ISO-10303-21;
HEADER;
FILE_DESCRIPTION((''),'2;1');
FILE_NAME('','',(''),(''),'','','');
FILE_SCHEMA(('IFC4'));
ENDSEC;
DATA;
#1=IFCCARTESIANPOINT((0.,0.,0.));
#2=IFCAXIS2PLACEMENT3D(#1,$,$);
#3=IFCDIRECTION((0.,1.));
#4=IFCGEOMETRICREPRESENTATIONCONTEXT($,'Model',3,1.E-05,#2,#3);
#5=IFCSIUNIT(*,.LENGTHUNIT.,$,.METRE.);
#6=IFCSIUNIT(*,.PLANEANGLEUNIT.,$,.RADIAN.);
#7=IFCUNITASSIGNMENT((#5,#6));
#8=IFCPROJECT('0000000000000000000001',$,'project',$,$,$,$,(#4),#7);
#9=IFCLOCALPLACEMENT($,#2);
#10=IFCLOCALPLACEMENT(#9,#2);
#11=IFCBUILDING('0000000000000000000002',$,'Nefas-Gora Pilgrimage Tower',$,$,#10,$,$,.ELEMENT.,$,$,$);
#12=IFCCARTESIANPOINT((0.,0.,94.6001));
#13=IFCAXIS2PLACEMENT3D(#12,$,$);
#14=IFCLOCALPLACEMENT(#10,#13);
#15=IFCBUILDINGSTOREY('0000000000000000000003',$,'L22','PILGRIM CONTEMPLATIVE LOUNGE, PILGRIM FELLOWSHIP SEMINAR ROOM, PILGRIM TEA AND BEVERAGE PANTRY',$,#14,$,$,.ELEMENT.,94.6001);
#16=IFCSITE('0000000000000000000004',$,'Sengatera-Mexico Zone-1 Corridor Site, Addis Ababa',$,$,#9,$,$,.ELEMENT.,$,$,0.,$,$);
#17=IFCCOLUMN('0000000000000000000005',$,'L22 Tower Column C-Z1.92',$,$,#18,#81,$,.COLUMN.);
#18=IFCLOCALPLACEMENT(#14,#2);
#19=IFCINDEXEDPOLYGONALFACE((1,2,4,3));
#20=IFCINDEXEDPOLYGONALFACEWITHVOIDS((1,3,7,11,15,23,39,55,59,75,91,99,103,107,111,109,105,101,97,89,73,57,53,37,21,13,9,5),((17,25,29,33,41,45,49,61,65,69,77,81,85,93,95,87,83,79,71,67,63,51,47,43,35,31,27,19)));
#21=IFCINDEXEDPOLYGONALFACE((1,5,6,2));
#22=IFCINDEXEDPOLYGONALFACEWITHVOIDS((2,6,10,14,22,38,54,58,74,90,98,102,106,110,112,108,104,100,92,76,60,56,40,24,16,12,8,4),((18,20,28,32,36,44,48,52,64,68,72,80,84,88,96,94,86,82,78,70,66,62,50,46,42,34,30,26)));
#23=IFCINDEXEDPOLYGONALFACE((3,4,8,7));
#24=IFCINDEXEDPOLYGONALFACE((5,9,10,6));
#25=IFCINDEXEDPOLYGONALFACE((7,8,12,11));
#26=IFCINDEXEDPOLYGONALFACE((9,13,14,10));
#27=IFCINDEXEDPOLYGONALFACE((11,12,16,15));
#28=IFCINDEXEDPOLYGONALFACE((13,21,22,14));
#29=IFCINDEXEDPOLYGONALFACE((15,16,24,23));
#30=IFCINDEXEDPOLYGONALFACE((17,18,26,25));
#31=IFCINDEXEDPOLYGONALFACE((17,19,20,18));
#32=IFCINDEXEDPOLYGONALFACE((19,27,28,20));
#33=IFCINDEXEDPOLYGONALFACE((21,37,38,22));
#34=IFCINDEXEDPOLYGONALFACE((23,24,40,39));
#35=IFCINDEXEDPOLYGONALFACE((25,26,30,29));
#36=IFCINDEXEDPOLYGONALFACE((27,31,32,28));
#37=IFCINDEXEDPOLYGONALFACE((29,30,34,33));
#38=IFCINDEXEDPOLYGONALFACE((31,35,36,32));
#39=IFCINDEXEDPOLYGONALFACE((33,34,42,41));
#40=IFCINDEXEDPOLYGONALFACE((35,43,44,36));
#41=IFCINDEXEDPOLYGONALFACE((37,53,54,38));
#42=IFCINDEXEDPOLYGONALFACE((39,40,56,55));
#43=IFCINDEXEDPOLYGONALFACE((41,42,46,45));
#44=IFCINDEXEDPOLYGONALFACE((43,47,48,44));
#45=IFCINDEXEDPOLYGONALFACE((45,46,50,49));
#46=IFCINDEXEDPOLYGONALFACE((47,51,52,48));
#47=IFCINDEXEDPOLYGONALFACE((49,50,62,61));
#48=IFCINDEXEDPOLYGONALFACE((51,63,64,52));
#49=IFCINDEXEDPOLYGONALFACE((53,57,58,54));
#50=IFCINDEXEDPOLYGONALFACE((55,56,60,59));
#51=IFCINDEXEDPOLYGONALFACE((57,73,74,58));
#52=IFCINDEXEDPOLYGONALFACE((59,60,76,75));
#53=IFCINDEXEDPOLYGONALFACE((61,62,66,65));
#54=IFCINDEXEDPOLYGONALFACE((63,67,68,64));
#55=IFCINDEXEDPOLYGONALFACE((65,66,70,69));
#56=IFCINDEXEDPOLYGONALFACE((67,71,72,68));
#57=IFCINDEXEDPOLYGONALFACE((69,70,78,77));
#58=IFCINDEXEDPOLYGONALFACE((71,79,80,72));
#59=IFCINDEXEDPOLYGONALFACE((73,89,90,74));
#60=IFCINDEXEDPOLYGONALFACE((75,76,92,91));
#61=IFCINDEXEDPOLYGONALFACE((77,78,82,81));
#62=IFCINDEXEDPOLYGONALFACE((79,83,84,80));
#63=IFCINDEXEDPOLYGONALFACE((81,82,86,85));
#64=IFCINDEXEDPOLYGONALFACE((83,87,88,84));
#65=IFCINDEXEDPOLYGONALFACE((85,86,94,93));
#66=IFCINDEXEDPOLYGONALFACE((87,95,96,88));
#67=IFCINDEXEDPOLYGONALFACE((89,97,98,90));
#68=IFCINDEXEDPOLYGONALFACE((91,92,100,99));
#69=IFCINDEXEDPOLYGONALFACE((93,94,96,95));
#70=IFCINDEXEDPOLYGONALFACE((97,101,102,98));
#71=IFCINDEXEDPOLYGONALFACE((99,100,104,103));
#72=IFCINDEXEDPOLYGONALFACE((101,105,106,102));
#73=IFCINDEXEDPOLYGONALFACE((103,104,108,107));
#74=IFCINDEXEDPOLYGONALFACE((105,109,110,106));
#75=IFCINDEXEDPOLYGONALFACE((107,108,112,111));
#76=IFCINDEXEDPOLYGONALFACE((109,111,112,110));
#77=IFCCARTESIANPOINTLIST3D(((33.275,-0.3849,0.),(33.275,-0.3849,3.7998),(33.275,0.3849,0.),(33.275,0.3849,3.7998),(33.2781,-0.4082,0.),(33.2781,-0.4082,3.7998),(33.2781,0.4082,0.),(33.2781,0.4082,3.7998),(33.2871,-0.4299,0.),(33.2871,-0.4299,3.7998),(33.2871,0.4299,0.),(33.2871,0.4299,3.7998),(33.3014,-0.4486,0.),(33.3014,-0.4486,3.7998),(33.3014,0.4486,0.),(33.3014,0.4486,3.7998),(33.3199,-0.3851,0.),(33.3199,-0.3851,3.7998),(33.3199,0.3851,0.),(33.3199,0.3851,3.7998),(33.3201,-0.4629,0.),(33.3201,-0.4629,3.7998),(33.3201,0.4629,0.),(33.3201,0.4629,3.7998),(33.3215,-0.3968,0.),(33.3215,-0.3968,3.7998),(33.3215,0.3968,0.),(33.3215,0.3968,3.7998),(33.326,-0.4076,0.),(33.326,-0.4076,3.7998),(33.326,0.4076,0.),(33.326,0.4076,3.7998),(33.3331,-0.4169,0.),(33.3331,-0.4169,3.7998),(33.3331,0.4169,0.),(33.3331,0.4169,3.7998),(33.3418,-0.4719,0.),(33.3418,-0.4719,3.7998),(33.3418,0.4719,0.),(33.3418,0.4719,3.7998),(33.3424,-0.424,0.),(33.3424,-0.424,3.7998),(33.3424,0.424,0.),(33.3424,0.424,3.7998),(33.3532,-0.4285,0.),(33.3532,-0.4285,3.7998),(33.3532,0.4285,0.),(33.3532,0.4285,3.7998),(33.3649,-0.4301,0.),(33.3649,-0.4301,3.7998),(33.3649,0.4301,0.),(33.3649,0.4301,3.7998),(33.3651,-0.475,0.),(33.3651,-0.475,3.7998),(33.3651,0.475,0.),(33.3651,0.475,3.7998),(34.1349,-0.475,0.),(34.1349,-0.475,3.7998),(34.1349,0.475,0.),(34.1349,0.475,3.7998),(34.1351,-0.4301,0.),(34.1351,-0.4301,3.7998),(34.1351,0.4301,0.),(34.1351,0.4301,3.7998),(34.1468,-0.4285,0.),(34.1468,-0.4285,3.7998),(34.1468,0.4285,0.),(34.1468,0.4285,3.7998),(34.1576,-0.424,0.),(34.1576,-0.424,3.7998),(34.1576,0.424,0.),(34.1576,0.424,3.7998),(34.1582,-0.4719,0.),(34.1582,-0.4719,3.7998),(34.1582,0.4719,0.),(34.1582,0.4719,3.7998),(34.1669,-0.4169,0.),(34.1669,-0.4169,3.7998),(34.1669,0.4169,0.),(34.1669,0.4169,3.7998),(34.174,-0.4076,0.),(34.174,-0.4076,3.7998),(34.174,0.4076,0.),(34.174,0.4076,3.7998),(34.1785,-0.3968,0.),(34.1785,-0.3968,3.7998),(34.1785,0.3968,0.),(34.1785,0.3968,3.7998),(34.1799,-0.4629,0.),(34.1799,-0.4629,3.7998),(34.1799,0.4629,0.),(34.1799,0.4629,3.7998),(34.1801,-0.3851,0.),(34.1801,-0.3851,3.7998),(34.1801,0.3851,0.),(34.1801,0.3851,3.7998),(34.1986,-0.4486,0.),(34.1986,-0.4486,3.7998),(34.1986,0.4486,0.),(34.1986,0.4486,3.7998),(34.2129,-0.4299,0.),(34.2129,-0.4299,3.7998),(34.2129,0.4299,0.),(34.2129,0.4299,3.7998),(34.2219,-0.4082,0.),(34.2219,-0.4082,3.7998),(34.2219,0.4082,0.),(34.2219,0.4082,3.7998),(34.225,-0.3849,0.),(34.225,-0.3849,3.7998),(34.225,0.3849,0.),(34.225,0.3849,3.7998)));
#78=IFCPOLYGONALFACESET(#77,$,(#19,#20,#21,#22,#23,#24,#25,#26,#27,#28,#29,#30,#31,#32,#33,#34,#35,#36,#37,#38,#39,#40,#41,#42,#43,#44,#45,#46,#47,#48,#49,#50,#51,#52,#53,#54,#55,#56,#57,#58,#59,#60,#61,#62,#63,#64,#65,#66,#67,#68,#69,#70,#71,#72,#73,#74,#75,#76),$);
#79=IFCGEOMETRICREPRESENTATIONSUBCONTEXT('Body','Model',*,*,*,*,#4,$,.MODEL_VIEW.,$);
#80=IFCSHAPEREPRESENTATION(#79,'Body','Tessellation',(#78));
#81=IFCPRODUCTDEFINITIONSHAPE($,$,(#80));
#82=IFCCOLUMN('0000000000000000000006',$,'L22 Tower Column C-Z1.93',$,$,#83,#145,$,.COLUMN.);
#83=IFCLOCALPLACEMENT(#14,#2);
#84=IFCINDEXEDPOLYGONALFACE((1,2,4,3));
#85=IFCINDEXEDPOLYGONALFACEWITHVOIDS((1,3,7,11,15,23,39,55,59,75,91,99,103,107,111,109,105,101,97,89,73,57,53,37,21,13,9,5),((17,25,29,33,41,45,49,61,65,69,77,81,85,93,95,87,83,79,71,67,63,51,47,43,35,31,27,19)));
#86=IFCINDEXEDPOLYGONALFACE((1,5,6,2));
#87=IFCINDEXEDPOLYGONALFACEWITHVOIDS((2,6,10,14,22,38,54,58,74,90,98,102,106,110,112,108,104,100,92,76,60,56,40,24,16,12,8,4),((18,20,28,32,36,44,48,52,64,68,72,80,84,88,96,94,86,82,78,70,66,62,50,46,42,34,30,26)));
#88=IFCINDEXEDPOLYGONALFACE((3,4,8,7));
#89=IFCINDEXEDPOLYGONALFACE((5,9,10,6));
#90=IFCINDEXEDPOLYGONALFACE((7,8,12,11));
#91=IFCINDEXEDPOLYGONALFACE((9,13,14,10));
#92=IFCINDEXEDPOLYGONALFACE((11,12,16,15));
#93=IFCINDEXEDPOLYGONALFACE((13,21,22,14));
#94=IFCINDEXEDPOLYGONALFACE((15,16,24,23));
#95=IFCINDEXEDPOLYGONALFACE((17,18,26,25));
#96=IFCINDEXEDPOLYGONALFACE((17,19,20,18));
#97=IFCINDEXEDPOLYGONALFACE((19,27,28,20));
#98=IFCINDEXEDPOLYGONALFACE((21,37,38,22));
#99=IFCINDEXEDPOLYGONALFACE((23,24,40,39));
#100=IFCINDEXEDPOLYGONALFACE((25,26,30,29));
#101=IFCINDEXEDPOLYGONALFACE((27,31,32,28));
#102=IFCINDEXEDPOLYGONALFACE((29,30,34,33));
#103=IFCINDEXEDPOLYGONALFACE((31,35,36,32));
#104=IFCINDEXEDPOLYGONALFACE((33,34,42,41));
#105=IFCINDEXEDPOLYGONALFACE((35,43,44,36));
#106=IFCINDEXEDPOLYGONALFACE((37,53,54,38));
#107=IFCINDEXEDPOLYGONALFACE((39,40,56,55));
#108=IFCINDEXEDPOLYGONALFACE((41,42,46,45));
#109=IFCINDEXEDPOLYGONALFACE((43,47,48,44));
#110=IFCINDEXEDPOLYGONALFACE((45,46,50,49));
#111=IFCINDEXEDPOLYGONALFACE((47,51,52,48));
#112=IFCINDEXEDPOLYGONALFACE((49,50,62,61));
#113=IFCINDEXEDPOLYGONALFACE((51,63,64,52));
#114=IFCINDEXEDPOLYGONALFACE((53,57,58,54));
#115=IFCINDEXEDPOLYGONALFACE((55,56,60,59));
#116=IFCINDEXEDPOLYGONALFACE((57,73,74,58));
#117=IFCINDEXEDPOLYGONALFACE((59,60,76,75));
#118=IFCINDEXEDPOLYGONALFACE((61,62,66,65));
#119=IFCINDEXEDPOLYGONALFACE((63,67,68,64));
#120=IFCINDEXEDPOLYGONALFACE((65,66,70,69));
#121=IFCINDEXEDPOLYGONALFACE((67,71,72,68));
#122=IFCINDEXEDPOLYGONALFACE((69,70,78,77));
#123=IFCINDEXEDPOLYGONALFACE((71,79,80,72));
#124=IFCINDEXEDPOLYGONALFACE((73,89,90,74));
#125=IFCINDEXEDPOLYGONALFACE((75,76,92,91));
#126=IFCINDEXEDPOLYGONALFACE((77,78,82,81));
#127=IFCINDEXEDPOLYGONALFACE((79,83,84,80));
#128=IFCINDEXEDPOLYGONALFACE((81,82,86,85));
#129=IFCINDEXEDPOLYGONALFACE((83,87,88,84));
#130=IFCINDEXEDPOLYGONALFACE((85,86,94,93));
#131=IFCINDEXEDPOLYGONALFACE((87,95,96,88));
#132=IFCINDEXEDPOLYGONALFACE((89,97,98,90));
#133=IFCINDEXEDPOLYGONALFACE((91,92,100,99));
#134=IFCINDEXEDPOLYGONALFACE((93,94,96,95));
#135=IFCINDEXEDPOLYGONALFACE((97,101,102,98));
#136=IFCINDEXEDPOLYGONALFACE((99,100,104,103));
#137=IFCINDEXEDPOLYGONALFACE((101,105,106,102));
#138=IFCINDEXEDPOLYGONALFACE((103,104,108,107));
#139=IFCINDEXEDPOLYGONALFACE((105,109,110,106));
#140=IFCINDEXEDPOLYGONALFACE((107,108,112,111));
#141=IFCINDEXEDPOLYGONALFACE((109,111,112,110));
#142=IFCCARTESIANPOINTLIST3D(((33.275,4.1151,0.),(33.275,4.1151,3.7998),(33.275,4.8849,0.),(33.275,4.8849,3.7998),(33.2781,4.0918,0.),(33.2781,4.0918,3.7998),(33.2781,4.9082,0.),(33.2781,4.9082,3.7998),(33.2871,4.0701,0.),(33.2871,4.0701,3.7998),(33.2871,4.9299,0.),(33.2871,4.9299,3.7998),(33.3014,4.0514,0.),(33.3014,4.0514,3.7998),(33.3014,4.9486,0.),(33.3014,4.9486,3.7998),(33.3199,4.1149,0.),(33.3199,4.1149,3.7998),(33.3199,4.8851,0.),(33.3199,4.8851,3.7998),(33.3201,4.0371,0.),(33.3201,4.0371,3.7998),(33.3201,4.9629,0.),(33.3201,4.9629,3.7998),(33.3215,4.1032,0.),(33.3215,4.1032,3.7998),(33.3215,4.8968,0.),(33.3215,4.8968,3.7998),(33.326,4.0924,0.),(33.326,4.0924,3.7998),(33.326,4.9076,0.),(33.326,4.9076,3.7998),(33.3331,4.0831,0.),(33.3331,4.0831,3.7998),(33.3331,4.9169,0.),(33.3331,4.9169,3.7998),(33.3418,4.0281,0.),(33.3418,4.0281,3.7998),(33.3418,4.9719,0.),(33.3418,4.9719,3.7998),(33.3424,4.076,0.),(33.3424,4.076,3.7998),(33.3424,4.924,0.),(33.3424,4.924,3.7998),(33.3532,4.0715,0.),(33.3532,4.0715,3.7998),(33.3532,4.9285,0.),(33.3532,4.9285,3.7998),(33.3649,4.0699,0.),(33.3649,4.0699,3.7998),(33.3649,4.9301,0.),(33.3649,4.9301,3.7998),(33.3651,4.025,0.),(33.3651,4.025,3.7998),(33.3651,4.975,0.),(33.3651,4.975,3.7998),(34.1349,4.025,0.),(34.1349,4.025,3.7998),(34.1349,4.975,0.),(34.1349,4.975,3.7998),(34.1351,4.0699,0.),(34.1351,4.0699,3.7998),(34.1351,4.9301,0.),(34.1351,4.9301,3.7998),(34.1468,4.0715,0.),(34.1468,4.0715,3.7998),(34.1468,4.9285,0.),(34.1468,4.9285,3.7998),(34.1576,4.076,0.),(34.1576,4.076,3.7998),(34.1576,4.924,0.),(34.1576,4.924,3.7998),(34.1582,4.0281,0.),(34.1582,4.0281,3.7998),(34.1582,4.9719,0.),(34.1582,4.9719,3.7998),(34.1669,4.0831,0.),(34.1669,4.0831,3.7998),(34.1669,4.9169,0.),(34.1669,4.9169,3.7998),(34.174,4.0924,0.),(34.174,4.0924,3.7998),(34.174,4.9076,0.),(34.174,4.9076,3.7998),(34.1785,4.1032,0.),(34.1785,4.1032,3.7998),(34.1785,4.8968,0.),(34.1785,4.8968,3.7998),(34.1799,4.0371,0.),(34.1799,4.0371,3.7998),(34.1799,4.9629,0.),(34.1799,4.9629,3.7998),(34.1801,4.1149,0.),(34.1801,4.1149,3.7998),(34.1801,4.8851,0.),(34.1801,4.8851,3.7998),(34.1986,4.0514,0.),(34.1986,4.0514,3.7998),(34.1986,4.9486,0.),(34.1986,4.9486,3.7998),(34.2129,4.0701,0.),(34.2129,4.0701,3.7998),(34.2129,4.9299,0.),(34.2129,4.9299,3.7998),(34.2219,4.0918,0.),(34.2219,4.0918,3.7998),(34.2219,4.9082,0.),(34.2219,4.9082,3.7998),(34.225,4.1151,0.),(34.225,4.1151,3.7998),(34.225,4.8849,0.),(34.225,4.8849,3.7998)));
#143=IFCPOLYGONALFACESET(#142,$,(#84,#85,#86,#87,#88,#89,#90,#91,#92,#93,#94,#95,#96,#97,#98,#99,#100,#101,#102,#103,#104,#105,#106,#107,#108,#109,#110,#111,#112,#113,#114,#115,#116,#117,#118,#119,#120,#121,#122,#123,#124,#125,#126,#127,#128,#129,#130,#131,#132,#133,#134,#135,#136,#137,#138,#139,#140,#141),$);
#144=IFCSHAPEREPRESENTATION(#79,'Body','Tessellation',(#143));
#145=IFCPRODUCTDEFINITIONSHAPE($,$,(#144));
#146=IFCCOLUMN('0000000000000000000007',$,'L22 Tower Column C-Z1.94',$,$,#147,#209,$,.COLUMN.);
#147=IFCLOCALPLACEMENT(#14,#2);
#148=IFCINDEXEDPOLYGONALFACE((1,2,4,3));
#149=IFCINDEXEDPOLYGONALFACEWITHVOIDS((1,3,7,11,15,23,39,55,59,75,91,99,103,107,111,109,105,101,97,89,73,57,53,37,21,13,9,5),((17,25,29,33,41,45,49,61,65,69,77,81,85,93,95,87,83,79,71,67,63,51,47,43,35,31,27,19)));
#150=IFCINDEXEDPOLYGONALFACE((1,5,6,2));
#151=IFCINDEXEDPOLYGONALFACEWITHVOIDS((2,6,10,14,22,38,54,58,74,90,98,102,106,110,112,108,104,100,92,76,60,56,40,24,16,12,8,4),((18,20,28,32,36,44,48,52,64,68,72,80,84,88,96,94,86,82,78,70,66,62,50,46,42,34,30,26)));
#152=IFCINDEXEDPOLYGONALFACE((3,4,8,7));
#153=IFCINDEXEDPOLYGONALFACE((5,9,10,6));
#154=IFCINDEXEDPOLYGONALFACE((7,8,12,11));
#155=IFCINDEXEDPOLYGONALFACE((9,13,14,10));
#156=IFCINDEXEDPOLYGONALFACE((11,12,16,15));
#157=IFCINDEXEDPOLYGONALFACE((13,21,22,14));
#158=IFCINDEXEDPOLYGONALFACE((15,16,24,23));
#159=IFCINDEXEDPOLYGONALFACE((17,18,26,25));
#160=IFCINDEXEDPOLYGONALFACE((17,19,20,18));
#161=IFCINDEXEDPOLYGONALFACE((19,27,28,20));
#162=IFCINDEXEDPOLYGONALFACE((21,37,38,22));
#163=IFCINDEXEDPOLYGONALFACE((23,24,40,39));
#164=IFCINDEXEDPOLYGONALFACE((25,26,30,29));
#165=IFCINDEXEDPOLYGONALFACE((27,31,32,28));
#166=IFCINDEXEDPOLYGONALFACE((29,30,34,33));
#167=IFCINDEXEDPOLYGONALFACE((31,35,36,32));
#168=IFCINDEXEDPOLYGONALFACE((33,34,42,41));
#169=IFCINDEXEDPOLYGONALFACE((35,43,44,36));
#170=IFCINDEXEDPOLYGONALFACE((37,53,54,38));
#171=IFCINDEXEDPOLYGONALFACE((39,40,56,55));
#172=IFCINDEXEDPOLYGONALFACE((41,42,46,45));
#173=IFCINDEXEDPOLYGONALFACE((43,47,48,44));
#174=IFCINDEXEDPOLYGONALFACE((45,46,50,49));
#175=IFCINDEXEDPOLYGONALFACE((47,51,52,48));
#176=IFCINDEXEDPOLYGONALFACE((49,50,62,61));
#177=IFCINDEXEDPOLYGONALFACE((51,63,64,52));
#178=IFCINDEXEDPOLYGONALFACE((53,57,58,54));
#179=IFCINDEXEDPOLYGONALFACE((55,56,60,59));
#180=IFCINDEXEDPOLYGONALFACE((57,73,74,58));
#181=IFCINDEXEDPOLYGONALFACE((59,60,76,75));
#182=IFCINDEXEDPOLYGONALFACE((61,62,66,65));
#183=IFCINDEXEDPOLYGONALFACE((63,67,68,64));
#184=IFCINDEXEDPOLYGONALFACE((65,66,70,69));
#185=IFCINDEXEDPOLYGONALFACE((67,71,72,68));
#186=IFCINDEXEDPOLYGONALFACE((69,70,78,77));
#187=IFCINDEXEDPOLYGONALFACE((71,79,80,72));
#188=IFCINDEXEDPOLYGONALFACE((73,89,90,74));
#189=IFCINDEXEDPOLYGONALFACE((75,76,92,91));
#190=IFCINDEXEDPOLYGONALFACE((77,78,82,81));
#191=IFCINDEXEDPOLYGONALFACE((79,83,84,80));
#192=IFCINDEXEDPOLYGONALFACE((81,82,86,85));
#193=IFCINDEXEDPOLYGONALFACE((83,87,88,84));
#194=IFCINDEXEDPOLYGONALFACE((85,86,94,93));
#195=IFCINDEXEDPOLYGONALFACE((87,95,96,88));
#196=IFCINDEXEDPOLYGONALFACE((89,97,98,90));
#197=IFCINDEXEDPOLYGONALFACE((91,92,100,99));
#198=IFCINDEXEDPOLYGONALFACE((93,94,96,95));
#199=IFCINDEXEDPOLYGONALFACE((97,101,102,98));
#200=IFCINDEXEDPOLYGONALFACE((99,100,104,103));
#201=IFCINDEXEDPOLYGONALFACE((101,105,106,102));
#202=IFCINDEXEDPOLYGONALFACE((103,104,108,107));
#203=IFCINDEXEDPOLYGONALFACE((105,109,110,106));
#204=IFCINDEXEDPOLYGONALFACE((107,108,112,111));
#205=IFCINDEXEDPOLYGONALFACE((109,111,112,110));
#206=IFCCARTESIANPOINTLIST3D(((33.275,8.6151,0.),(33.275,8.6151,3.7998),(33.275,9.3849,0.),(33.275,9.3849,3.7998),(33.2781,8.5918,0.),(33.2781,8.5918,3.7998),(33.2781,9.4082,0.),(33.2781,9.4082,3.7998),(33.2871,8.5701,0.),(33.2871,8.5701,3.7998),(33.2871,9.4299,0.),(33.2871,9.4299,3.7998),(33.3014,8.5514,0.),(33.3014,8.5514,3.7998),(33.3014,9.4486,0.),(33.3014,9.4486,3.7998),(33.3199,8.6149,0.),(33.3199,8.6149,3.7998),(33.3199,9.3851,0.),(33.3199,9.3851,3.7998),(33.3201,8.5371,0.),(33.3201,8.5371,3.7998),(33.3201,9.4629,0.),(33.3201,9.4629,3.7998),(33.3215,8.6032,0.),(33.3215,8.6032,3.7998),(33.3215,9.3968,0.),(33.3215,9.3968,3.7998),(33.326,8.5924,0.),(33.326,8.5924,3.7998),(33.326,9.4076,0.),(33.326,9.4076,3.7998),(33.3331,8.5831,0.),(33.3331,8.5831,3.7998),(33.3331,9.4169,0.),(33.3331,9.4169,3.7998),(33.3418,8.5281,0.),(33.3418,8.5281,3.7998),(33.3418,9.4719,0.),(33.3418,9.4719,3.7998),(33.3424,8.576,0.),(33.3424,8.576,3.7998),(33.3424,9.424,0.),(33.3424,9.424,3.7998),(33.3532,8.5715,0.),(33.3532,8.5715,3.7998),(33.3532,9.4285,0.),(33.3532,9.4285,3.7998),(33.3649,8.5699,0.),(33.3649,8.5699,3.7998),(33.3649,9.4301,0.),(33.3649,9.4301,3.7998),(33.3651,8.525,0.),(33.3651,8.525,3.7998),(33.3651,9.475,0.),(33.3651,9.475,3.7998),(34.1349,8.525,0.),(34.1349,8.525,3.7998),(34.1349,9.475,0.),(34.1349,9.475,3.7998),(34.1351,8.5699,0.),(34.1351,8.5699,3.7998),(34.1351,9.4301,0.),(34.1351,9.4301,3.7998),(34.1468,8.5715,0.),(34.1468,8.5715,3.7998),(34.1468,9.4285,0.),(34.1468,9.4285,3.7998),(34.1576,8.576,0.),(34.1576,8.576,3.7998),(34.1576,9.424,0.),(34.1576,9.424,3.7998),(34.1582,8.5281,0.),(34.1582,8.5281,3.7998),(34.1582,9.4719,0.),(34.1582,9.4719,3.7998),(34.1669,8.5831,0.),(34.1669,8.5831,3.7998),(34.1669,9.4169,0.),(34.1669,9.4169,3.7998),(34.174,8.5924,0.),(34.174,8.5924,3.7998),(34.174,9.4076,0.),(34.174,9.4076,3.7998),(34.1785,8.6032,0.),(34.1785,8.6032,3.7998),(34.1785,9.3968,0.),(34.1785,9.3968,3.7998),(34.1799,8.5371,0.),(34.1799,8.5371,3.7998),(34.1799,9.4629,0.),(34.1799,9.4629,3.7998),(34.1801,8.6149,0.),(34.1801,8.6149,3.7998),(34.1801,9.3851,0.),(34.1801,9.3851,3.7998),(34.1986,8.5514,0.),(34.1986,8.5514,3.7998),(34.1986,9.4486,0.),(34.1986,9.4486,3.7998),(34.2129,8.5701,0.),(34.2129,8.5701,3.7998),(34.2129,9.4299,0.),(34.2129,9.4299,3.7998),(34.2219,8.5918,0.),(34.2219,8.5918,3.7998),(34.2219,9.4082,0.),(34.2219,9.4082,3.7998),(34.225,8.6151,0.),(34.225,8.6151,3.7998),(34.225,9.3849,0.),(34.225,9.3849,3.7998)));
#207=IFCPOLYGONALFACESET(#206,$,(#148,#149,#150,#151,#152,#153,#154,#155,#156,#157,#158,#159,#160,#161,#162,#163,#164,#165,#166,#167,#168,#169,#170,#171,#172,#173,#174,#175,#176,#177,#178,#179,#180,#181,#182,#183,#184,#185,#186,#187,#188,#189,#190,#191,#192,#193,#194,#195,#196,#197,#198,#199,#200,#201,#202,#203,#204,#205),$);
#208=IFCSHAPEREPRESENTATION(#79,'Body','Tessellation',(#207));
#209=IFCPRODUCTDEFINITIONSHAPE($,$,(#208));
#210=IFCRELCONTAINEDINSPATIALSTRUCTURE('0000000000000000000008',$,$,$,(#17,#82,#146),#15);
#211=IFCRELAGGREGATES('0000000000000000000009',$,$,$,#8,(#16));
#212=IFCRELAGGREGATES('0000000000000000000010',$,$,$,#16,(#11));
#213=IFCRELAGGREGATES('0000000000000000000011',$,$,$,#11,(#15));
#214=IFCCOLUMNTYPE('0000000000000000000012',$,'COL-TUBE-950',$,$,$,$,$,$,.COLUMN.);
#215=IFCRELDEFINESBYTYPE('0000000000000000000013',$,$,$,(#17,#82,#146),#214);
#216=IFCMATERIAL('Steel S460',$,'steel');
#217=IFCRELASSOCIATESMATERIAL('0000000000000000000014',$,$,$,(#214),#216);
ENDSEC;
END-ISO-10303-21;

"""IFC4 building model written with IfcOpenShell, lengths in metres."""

from ifc_helpers import new_model, si_unit, direction, frame, origin, origin_2d, place, context, subcontext, project, spatial, hollow_rectangle, extrude, source, transform, mapped, material, material_profile, profile_set, type_object, element, save


model = new_model("IFC4")

# Units and contexts
model_context = context("Model", 3, precision=1e-05, world=origin(), true_north=direction((0.0, 1.0)))
body_context = subcontext(model_context, "Body", "Model", "MODEL_VIEW")
ifc_project = project(units=[si_unit("LENGTHUNIT", "METRE"), si_unit("PLANEANGLEUNIT", "RADIAN")], contexts=[model_context])

# Site, building, storey
site_placement = place(None, origin())
site = spatial("IfcSite", under=ifc_project, at=site_placement, Name="Sengatera-Mexico Zone-1 Corridor Site, Addis Ababa", CompositionType="ELEMENT", RefElevation=0.0)
building_placement = place(site_placement, origin())
building = spatial("IfcBuilding", under=site, at=building_placement, Name="Nefas-Gora Pilgrimage Tower", CompositionType="ELEMENT")
storey_placement = place(building_placement, frame((0.0, 0.0, 94.6001)))
storey = spatial("IfcBuildingStorey", under=building, at=storey_placement, Name="L22", Description="PILGRIM CONTEMPLATIVE LOUNGE, PILGRIM FELLOWSHIP SEMINAR ROOM, PILGRIM TEA AND BEVERAGE PANTRY", CompositionType="ELEMENT", Elevation=94.6001)

# Columns
ifc_material_1 = material(Name="Steel S460", Category="steel")
ifc_material_profile_1 = material_profile(ifc_material_1, hollow_rectangle(XDim=0.95, YDim=0.95, WallThickness=0.0449, InnerFilletRadius=0.0449, OuterFilletRadius=0.0901, at=origin_2d()), Name="BOX 950x950x45")
ifc_profile_set_1 = profile_set([ifc_material_profile_1], Name="Steel S460")
column_type_1 = type_object("IfcColumnType", Name="COL-TUBE-950", PredefinedType="COLUMN", material=ifc_profile_set_1)
shared_shape_1 = source(origin(), body_context, "Body", "SweptSolid", [
    extrude(hollow_rectangle(XDim=0.95, YDim=0.95, WallThickness=0.0449, InnerFilletRadius=0.0449, OuterFilletRadius=0.0901, at=origin_2d()), origin(), (0.0, 0.0, 1.0), 3.7998),
])
for number, where, z_axis, x_axis, name in (
    (1, (33.75, 0.0, 0.0), (0.0, 0.0, 1.0), (1.0, 0.0, 0.0), "L22 Tower Column C-Z1.92"),
    (2, (33.75, 4.5, 0.0), (0.0, 0.0, 1.0), (1.0, 0.0, 0.0), "L22 Tower Column C-Z1.93"),
    (3, (33.75, 9.0, 0.0), (0.0, 0.0, 1.0), (1.0, 0.0, 0.0), "L22 Tower Column C-Z1.94"),
):
    element("IfcColumn", number, at=place(storey_placement, frame(where, z_axis=z_axis, x_axis=x_axis)), inside=storey, type_object=column_type_1, Name=name, PredefinedType="COLUMN", context=body_context, shape_type="MappedRepresentation", body=[
        mapped(shared_shape_1, transform((0.0, 0.0, 0.0), x_axis=(1.0, 0.0, 0.0), y_axis=(0.0, 1.0, 0.0), z_axis=(0.0, 0.0, 1.0), scale=1.0)),
    ])

save(model, "model.ifc")
